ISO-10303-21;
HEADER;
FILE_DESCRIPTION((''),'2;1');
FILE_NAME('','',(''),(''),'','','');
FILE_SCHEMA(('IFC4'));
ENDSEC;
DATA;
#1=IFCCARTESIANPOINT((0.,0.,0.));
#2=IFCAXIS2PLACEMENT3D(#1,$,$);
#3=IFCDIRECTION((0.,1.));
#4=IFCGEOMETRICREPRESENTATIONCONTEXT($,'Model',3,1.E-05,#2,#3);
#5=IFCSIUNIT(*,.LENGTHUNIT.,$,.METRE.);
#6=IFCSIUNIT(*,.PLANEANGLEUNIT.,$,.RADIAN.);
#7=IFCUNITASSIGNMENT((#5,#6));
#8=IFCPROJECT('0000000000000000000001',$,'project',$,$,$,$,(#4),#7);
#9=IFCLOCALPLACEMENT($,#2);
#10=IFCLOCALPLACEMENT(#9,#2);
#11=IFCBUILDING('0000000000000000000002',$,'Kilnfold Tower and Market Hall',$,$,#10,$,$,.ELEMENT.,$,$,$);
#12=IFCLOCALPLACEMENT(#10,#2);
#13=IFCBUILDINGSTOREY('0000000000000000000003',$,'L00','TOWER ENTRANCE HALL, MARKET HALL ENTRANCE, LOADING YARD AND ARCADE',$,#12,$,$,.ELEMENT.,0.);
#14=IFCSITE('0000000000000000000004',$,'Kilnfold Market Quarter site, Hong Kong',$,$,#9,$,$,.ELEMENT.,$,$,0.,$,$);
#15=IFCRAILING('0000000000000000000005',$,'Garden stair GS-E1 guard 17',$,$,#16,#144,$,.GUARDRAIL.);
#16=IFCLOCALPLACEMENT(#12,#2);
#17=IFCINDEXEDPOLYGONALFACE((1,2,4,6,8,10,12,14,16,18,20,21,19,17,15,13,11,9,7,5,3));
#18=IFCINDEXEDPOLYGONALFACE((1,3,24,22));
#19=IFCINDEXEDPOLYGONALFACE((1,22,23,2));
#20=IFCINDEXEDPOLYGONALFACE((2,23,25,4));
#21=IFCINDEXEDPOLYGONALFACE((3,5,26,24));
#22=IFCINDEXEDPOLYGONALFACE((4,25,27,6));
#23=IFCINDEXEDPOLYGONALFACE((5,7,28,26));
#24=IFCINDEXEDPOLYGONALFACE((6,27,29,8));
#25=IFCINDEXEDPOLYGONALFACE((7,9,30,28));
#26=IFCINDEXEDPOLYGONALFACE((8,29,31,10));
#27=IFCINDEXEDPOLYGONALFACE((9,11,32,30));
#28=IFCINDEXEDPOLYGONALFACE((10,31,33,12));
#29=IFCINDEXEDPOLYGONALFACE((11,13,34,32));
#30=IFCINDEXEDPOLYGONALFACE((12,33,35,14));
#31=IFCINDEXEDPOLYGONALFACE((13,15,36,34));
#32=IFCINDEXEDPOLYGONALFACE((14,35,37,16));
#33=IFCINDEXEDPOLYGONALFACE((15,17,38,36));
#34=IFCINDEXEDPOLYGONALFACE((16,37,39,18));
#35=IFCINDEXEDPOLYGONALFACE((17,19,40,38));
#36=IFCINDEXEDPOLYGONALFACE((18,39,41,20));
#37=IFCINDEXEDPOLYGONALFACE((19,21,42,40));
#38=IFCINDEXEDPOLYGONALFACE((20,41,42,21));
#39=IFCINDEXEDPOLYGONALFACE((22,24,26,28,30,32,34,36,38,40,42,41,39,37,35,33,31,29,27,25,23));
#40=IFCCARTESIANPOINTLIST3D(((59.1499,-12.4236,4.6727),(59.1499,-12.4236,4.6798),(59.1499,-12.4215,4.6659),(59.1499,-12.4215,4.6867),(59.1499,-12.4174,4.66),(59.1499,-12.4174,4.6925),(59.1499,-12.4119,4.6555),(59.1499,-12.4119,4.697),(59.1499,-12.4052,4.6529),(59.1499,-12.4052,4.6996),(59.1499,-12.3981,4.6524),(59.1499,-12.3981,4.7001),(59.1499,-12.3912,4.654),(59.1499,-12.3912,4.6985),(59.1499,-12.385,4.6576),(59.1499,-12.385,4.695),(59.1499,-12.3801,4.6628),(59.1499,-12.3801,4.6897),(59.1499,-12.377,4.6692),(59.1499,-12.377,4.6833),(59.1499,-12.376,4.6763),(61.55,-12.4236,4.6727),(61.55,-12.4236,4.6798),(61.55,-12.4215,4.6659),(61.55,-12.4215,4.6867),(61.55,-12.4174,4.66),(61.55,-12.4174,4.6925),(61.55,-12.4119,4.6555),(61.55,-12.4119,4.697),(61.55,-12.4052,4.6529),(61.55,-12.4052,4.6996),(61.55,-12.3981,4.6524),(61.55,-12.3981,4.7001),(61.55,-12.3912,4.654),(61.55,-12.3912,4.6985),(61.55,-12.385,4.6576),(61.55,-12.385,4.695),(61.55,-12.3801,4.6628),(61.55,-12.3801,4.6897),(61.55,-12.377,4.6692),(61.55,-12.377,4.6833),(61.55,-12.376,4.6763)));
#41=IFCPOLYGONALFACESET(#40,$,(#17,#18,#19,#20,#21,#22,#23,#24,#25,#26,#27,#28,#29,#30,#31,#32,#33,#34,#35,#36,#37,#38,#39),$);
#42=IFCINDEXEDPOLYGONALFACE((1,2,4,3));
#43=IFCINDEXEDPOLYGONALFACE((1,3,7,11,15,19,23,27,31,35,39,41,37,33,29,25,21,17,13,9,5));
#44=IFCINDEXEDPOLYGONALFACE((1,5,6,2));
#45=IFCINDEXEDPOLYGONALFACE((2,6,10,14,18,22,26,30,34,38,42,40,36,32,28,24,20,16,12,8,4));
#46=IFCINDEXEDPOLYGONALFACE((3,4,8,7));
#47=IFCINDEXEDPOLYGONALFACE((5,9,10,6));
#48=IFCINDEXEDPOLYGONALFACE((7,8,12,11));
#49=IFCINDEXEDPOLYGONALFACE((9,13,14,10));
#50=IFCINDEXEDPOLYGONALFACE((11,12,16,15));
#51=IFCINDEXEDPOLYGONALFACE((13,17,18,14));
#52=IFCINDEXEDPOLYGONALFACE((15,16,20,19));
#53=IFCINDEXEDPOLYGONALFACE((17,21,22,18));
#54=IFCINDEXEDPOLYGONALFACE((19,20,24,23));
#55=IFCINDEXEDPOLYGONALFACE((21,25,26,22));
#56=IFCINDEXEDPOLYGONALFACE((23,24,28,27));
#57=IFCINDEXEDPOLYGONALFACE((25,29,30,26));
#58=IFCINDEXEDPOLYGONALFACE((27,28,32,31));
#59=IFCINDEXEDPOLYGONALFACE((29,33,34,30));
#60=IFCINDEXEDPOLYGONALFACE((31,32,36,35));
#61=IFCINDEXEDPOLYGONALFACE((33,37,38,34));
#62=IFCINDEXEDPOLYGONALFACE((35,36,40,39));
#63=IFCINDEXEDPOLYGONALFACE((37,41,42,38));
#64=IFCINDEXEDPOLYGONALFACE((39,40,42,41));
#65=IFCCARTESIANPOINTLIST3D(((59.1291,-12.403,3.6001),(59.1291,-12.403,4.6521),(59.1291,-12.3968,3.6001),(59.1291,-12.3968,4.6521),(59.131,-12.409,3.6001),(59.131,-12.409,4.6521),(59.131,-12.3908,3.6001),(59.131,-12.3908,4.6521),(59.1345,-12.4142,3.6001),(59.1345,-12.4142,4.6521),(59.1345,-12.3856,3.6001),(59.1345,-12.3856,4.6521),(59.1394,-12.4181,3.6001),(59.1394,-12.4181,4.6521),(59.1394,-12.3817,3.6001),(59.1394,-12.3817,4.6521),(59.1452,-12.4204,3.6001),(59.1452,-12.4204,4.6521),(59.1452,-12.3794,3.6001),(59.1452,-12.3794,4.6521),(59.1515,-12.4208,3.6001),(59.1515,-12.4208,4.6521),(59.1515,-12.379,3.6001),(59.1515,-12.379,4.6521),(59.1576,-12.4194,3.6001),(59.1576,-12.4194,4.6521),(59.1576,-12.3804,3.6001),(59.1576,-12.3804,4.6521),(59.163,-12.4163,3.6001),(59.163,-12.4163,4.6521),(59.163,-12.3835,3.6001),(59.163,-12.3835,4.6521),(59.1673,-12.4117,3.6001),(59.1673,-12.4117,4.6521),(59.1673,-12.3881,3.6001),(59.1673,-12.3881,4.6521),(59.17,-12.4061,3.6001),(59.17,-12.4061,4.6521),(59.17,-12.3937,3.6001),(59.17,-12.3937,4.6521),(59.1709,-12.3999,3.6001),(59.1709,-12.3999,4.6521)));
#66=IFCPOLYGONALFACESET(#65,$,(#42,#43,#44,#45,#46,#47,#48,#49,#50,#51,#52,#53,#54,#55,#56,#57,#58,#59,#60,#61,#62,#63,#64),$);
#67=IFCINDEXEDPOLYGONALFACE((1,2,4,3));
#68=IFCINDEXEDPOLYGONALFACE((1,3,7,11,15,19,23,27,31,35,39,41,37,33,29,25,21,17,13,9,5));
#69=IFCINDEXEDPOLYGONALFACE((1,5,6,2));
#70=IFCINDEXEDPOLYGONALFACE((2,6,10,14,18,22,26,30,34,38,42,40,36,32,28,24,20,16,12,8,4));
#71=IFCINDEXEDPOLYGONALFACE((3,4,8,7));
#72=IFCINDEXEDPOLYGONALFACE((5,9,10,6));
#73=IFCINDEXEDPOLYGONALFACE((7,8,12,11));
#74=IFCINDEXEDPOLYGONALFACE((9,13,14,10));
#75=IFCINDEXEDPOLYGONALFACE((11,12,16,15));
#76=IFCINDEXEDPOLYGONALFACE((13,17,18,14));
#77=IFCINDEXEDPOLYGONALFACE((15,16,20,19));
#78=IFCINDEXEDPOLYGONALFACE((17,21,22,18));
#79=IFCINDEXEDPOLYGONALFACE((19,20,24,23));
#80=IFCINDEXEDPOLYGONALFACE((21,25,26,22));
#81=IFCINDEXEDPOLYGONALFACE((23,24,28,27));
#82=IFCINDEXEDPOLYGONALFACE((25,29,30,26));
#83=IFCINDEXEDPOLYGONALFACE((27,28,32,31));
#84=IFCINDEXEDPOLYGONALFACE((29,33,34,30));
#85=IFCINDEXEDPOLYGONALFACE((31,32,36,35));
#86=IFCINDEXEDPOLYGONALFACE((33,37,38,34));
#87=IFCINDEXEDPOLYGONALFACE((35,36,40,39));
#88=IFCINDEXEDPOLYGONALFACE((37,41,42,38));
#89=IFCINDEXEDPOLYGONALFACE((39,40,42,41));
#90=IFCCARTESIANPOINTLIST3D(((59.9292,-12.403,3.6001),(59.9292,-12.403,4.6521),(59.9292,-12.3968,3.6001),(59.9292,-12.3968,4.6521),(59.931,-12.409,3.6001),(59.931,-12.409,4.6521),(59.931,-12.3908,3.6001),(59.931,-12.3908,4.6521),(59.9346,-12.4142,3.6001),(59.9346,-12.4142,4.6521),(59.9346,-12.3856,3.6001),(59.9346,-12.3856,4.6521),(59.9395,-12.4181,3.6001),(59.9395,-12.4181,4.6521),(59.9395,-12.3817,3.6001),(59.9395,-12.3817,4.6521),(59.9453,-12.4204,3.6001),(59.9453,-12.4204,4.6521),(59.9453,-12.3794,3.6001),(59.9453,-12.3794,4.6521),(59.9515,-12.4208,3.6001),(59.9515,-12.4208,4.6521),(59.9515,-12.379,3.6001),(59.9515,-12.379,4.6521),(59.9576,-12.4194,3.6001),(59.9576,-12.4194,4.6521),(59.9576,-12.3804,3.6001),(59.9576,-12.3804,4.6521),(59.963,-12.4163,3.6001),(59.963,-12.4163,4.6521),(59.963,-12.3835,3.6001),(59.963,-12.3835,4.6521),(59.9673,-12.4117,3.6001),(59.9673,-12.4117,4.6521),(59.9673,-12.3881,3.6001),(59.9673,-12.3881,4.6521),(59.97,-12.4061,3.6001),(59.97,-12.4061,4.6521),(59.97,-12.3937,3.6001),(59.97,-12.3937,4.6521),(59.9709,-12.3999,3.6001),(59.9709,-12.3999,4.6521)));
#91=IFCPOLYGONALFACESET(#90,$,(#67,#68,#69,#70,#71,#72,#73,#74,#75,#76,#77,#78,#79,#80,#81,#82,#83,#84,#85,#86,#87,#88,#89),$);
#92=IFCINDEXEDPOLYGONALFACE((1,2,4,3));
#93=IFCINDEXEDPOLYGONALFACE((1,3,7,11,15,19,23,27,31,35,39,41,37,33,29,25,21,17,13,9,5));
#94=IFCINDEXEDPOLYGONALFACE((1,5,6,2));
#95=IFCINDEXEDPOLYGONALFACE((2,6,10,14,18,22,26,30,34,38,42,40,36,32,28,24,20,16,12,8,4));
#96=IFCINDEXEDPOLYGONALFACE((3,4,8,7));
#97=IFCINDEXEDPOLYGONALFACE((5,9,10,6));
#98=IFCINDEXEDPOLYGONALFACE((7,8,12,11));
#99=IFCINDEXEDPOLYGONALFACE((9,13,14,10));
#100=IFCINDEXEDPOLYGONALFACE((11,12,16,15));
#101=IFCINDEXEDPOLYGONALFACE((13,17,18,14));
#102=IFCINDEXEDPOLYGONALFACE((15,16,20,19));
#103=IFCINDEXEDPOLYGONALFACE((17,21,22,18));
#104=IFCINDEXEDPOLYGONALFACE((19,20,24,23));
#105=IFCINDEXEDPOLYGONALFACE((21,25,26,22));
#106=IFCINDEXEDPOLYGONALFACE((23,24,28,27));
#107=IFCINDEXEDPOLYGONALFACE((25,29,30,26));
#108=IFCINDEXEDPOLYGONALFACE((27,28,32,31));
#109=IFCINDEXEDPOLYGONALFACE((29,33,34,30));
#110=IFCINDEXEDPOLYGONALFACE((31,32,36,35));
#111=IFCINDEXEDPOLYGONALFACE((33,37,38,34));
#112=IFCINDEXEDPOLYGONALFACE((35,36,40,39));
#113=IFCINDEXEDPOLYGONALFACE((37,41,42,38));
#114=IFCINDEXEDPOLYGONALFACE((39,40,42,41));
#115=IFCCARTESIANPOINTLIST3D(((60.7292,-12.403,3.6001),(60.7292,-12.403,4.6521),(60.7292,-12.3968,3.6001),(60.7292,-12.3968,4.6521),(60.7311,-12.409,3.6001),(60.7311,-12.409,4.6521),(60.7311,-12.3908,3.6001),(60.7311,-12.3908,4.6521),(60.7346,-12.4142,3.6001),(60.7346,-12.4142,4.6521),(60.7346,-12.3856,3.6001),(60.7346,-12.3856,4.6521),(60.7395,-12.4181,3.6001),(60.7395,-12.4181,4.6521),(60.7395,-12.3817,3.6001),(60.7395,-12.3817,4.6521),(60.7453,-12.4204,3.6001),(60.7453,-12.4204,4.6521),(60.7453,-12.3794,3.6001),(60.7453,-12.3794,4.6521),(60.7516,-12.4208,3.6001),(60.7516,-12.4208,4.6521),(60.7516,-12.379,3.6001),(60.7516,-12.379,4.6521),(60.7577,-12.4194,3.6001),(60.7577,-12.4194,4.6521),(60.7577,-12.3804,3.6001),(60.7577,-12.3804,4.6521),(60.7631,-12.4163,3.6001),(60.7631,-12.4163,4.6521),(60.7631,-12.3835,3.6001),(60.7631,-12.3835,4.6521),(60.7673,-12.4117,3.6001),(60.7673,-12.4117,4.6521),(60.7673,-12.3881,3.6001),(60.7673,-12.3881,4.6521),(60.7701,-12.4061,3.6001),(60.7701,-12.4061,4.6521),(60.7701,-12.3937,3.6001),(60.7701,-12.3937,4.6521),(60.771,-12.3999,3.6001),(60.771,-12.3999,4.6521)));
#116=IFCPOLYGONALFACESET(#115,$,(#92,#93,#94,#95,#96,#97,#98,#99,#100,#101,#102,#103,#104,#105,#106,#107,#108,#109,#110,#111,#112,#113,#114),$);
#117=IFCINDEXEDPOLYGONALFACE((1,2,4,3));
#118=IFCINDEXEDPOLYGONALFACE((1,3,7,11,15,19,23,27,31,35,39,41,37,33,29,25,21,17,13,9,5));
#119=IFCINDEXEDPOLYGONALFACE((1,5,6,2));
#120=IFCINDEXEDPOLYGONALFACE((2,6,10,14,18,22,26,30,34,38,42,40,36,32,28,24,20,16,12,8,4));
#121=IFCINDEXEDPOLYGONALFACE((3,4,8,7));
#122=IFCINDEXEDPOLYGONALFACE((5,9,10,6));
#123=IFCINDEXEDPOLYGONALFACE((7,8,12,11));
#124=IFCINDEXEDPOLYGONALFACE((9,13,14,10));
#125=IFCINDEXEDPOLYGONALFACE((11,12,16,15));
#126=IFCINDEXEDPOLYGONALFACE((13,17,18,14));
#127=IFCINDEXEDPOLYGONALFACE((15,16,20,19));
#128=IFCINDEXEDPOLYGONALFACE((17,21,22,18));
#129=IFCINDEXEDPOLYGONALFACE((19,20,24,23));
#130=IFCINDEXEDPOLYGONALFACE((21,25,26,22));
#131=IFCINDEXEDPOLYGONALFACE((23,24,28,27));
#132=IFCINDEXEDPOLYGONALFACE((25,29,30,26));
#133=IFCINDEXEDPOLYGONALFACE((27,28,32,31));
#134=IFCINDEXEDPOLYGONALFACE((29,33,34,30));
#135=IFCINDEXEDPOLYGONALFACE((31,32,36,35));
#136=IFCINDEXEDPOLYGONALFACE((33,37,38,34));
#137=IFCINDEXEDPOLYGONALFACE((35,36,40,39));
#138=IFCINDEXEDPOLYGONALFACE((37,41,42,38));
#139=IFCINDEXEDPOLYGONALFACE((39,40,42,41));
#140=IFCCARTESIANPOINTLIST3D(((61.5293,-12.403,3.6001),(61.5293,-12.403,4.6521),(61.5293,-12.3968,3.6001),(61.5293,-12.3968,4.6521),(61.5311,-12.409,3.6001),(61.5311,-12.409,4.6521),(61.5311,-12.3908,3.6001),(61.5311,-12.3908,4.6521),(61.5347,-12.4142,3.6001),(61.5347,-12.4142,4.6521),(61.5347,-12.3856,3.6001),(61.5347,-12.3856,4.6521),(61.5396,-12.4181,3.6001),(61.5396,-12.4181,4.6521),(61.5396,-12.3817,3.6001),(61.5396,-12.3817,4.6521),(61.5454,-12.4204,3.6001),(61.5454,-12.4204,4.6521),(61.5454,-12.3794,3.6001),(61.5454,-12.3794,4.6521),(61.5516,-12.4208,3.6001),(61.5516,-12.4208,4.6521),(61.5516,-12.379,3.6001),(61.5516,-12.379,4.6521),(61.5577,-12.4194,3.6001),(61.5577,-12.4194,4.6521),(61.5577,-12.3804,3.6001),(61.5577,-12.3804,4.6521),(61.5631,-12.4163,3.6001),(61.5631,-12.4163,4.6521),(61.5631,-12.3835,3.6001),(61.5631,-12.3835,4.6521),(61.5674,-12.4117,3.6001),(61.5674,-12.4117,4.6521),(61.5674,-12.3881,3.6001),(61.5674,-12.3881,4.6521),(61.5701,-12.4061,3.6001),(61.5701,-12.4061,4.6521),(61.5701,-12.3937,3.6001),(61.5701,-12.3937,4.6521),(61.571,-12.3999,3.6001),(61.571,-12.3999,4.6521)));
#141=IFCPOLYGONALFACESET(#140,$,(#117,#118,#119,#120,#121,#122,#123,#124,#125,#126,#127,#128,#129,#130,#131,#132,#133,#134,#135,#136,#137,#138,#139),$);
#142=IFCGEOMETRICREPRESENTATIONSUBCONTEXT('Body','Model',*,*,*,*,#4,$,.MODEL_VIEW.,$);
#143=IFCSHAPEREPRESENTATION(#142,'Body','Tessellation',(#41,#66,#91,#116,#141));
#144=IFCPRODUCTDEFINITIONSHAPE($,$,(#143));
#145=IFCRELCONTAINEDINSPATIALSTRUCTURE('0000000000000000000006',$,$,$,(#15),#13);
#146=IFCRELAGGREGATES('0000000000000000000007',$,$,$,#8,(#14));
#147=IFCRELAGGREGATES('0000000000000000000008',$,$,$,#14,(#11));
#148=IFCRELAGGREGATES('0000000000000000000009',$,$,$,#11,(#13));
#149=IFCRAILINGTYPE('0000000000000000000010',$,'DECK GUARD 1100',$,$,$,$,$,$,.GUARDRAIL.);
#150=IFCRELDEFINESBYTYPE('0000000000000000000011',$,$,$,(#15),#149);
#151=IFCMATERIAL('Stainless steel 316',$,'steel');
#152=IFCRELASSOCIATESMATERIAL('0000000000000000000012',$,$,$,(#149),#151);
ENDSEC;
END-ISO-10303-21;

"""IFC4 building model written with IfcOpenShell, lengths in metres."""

from ifc_helpers import new_model, si_unit, direction, frame, origin, origin_2d, place, context, subcontext, project, spatial, circle, extrude, material, type_object, element, save


model = new_model("IFC4")

# Units and contexts
model_context = context("Model", 3, precision=1e-05, world=origin(), true_north=direction((0.0, 1.0)))
body_context = subcontext(model_context, "Body", "Model", "MODEL_VIEW")
ifc_project = project(units=[si_unit("LENGTHUNIT", "METRE"), si_unit("PLANEANGLEUNIT", "RADIAN")], contexts=[model_context])

# Site, building, storey
site_placement = place(None, origin())
site = spatial("IfcSite", under=ifc_project, at=site_placement, Name="Kilnfold Market Quarter site, Hong Kong", CompositionType="ELEMENT", RefElevation=0.0)
building_placement = place(site_placement, origin())
building = spatial("IfcBuilding", under=site, at=building_placement, Name="Kilnfold Tower and Market Hall", CompositionType="ELEMENT")
storey_placement = place(building_placement, origin())
storey = spatial("IfcBuildingStorey", under=building, at=storey_placement, Name="L00", Description="TOWER ENTRANCE HALL, MARKET HALL ENTRANCE, LOADING YARD AND ARCADE", CompositionType="ELEMENT", Elevation=0.0)

# Railing
ifc_material_1 = material(Name="Stainless steel 316", Category="steel")
railing_type_1 = type_object("IfcRailingType", Name="DECK GUARD 1100", PredefinedType="GUARDRAIL", material=ifc_material_1)
railing_1_placement = place(storey_placement, frame((59.1499, -12.3999, 3.6001)))
element("IfcRailing", 1, at=railing_1_placement, inside=storey, type_object=railing_type_1, Name="Garden stair GS-E1 guard 17", PredefinedType="GUARDRAIL", context=body_context, shape_type="SweptSolid", body=[
    extrude(circle(Radius=0.0239, at=origin_2d()), frame((0.0, 0.0, 1.0762), z_axis=(1.0, 0.0, 0.0), x_axis=(0.0, 1.0, 0.0)), (0.0, 0.0, 1.0), 2.4001),
    extrude(circle(Radius=0.021, at=origin_2d()), origin(), (0.0, 0.0, 1.0), 1.052),
    extrude(circle(Radius=0.021, at=origin_2d()), frame((0.8, 0.0, 0.0)), (0.0, 0.0, 1.0), 1.052),
    extrude(circle(Radius=0.021, at=origin_2d()), frame((1.6001, 0.0, 0.0)), (0.0, 0.0, 1.0), 1.052),
    extrude(circle(Radius=0.021, at=origin_2d()), frame((2.4001, 0.0, 0.0)), (0.0, 0.0, 1.0), 1.052),
])

save(model, "model.ifc")
